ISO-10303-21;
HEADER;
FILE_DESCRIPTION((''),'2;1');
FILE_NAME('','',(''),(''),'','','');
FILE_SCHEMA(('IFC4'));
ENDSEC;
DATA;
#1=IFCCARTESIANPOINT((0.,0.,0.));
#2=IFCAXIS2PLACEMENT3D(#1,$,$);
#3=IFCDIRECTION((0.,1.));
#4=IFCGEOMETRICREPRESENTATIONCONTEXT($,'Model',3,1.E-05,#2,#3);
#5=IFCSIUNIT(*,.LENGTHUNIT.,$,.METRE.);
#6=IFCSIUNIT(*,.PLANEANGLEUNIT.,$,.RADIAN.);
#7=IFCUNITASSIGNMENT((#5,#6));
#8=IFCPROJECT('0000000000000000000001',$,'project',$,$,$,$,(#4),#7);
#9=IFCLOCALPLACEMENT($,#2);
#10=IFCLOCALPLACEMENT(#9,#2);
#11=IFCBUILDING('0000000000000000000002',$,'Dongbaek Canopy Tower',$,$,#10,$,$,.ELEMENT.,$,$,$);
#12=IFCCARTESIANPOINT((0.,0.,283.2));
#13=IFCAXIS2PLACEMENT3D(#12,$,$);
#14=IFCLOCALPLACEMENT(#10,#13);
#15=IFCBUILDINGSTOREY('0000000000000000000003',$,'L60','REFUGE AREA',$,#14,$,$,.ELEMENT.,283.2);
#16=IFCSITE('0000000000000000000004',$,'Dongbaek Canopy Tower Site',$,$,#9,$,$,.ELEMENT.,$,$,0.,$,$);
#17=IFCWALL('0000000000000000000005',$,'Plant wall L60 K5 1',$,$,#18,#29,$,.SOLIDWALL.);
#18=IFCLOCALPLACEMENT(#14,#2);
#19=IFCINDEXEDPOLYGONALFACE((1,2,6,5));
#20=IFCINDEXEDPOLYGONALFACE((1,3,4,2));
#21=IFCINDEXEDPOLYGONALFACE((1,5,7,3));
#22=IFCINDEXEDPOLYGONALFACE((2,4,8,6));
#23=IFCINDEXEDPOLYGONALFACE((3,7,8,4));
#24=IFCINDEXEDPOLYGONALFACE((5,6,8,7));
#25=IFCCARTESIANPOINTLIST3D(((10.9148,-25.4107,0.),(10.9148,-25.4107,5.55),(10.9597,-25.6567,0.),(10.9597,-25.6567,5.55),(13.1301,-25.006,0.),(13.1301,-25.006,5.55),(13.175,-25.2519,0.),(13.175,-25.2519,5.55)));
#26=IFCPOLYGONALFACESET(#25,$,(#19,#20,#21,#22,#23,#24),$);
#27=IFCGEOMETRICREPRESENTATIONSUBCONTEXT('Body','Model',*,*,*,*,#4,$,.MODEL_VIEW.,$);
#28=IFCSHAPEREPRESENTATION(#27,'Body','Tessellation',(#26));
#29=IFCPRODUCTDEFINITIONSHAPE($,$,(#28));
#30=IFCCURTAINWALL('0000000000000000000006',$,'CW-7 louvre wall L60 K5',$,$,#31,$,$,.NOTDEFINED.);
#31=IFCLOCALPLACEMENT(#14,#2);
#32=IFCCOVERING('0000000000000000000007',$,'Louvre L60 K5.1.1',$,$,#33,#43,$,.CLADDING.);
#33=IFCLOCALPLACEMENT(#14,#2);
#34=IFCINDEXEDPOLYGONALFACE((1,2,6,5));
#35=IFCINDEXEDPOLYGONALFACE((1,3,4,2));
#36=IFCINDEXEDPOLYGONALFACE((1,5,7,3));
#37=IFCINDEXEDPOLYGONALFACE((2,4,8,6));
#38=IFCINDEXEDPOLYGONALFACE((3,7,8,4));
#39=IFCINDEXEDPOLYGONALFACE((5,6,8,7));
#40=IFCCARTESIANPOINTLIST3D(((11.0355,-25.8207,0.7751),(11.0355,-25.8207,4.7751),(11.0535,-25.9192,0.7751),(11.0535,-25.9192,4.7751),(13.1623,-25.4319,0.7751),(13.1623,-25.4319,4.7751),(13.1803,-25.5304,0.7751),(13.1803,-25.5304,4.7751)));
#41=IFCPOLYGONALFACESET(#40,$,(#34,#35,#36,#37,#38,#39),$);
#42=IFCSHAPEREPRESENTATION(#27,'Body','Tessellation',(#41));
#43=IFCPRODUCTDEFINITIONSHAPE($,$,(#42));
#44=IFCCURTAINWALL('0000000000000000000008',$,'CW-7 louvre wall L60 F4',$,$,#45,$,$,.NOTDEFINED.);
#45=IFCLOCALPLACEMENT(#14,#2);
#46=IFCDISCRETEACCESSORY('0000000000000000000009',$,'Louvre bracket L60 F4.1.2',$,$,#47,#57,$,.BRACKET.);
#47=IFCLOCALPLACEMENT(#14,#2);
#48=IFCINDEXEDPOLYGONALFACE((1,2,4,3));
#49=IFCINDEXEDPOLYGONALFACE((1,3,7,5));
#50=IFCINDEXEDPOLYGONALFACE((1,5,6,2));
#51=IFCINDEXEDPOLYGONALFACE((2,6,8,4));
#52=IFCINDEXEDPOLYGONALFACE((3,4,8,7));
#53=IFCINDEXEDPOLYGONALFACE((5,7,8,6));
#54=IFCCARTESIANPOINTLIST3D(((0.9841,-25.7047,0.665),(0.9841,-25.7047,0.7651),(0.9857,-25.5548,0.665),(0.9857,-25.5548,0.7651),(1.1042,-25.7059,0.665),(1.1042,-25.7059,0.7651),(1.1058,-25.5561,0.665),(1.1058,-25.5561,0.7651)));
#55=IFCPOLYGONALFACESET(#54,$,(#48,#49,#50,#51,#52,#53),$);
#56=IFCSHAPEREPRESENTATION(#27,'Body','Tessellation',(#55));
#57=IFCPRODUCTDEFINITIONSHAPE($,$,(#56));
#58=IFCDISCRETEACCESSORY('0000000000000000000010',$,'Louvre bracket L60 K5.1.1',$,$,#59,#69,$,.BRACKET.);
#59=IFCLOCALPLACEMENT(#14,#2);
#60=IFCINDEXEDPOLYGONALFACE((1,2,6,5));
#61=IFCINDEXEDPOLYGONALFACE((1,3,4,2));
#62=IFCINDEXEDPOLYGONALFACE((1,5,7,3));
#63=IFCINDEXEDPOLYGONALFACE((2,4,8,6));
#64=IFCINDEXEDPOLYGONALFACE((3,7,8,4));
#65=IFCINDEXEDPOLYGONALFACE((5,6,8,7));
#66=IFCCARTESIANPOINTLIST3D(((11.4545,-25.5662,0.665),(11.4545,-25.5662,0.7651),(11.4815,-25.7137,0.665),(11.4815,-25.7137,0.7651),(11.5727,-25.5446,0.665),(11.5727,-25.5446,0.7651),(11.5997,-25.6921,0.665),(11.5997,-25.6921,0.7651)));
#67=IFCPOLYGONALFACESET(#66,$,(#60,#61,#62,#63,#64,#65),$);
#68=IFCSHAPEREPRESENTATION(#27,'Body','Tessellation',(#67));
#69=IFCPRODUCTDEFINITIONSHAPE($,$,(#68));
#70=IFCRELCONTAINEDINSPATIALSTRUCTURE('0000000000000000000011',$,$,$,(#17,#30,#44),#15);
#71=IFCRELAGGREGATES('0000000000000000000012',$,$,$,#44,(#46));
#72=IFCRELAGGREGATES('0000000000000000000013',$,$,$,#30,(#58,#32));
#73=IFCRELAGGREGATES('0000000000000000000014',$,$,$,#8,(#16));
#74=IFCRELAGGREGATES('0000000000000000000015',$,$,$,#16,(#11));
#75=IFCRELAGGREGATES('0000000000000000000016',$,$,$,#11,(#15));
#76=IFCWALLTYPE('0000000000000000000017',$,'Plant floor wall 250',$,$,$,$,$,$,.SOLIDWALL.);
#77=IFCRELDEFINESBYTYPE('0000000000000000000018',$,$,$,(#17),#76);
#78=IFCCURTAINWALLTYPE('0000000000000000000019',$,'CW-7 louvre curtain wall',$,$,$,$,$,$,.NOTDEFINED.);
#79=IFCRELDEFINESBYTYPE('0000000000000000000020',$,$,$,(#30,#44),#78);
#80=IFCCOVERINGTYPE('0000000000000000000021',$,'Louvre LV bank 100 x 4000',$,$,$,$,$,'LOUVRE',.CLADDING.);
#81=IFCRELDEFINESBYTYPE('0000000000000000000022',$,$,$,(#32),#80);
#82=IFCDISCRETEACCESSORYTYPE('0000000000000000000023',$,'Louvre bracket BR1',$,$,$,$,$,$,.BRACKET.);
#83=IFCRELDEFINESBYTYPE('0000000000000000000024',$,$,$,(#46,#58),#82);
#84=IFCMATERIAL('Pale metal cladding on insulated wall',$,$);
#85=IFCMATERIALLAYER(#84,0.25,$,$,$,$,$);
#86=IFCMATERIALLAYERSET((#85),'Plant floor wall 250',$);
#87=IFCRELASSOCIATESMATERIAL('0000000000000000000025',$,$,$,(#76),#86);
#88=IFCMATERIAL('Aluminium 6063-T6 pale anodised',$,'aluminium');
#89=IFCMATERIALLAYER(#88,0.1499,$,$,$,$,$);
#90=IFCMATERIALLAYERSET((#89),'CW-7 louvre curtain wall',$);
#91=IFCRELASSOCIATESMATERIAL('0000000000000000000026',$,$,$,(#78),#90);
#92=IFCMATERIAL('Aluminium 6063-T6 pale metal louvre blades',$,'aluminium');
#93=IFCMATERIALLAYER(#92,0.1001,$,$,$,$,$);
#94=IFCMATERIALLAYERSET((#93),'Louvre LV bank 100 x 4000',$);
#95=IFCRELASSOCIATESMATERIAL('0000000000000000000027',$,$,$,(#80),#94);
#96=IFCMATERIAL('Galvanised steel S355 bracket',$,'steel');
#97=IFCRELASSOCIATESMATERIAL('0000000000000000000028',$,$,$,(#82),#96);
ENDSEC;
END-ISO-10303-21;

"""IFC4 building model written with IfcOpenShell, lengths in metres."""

from ifc_helpers import new_model, si_unit, direction, frame, frame_2d, origin, origin_2d, place, context, subcontext, project, spatial, rectangle, extrude, material, layer, layer_set, type_object, element, aggregate, save


model = new_model("IFC4")

# Units and contexts
model_context = context("Model", 3, precision=1e-05, world=origin(), true_north=direction((0.0, 1.0)))
body_context = subcontext(model_context, "Body", "Model", "MODEL_VIEW")
ifc_project = project(units=[si_unit("LENGTHUNIT", "METRE"), si_unit("PLANEANGLEUNIT", "RADIAN")], contexts=[model_context])

# Site, building, storey
site_placement = place(None, origin())
site = spatial("IfcSite", under=ifc_project, at=site_placement, Name="Dongbaek Canopy Tower Site", CompositionType="ELEMENT", RefElevation=0.0)
building_placement = place(site_placement, origin())
building = spatial("IfcBuilding", under=site, at=building_placement, Name="Dongbaek Canopy Tower", CompositionType="ELEMENT")
storey_placement = place(building_placement, frame((0.0, 0.0, 283.2)))
storey = spatial("IfcBuildingStorey", under=building, at=storey_placement, Name="L60", Description="REFUGE AREA", CompositionType="ELEMENT", Elevation=283.2)

# Wall
ifc_material_1 = material(Name="Pale metal cladding on insulated wall")
ifc_layer_1 = layer(ifc_material_1, 0.25)
ifc_layer_set_1 = layer_set([ifc_layer_1], Name="Plant floor wall 250")
wall_type_1 = type_object("IfcWallType", Name="Plant floor wall 250", PredefinedType="SOLIDWALL", material=ifc_layer_set_1)
wall_1_placement = place(storey_placement, frame((10.9373, -25.5337, 0.0), z_axis=(0.0, 0.0, 1.0), x_axis=(0.983713, 0.179744, 0.0)))
element("IfcWall", 1, at=wall_1_placement, inside=storey, type_object=wall_type_1, Name="Plant wall L60 K5 1", PredefinedType="SOLIDWALL", context=body_context, shape_type="SweptSolid", body=[
    extrude(rectangle(XDim=2.252, YDim=0.25, at=frame_2d((1.126, 0.0))), origin(), (0.0, 0.0, 1.0), 5.55),
])

# Curtain wall, covering
ifc_material_2 = material(Name="Aluminium 6063-T6 pale anodised", Category="aluminium")
ifc_layer_2 = layer(ifc_material_2, 0.1499)
ifc_layer_set_2 = layer_set([ifc_layer_2], Name="CW-7 louvre curtain wall")
curtain_wall_type = type_object("IfcCurtainWallType", Name="CW-7 louvre curtain wall", PredefinedType="NOTDEFINED", material=ifc_layer_set_2)
curtain_wall_1_placement = place(storey_placement, origin())
curtain_wall_1 = element("IfcCurtainWall", 2, at=curtain_wall_1_placement, inside=storey, type_object=curtain_wall_type, Name="CW-7 louvre wall L60 K5", PredefinedType="NOTDEFINED")
ifc_material_3 = material(Name="Aluminium 6063-T6 pale metal louvre blades", Category="aluminium")
ifc_layer_3 = layer(ifc_material_3, 0.1001)
ifc_layer_set_3 = layer_set([ifc_layer_3], Name="Louvre LV bank 100 x 4000")
covering_type = type_object("IfcCoveringType", Name="Louvre LV bank 100 x 4000", ElementType="LOUVRE", PredefinedType="CLADDING", material=ifc_layer_set_3)
covering_placement = place(storey_placement, frame((12.1079, -25.6755, 0.7751), z_axis=(0.0, 0.0, 1.0), x_axis=(0.983702, 0.179807, 0.0)))
covering = element("IfcCovering", 3, at=covering_placement, type_object=covering_type, Name="Louvre L60 K5.1.1", PredefinedType="CLADDING", context=body_context, shape_type="SweptSolid", body=[
    extrude(rectangle(XDim=2.1621, YDim=0.1001, at=origin_2d()), origin(), (0.0, 0.0, 1.0), 4.0),
])

# Curtain wall, discrete accessory
curtain_wall_2_placement = place(storey_placement, origin())
curtain_wall_2 = element("IfcCurtainWall", 4, at=curtain_wall_2_placement, inside=storey, type_object=curtain_wall_type, Name="CW-7 louvre wall L60 F4", PredefinedType="NOTDEFINED")
ifc_material_4 = material(Name="Galvanised steel S355 bracket", Category="steel")
discrete_accessory_type = type_object("IfcDiscreteAccessoryType", Name="Louvre bracket BR1", PredefinedType="BRACKET", material=ifc_material_4)
discrete_accessory_1_placement = place(storey_placement, frame((1.0449, -25.6304, 0.665), z_axis=(0.0, 0.0, 1.0), x_axis=(0.999945, -0.010455, 0.0)))
discrete_accessory_1 = element("IfcDiscreteAccessory", 5, at=discrete_accessory_1_placement, type_object=discrete_accessory_type, Name="Louvre bracket L60 F4.1.2", PredefinedType="BRACKET", context=body_context, shape_type="SweptSolid", body=[
    extrude(rectangle(XDim=0.1201, YDim=0.1499, at=origin_2d()), origin(), (0.0, 0.0, 1.0), 0.1001),
])
aggregate(curtain_wall_2, [discrete_accessory_1])

# Discrete accessory
discrete_accessory_2_placement = place(storey_placement, frame((11.5271, -25.6292, 0.665), z_axis=(0.0, 0.0, 1.0), x_axis=(0.983702, 0.179807, 0.0)))
discrete_accessory_2 = element("IfcDiscreteAccessory", 6, at=discrete_accessory_2_placement, type_object=discrete_accessory_type, Name="Louvre bracket L60 K5.1.1", PredefinedType="BRACKET", context=body_context, shape_type="SweptSolid", body=[
    extrude(rectangle(XDim=0.1201, YDim=0.1499, at=origin_2d()), origin(), (0.0, 0.0, 1.0), 0.1001),
])
aggregate(curtain_wall_1, [discrete_accessory_2, covering])

save(model, "model.ifc")
